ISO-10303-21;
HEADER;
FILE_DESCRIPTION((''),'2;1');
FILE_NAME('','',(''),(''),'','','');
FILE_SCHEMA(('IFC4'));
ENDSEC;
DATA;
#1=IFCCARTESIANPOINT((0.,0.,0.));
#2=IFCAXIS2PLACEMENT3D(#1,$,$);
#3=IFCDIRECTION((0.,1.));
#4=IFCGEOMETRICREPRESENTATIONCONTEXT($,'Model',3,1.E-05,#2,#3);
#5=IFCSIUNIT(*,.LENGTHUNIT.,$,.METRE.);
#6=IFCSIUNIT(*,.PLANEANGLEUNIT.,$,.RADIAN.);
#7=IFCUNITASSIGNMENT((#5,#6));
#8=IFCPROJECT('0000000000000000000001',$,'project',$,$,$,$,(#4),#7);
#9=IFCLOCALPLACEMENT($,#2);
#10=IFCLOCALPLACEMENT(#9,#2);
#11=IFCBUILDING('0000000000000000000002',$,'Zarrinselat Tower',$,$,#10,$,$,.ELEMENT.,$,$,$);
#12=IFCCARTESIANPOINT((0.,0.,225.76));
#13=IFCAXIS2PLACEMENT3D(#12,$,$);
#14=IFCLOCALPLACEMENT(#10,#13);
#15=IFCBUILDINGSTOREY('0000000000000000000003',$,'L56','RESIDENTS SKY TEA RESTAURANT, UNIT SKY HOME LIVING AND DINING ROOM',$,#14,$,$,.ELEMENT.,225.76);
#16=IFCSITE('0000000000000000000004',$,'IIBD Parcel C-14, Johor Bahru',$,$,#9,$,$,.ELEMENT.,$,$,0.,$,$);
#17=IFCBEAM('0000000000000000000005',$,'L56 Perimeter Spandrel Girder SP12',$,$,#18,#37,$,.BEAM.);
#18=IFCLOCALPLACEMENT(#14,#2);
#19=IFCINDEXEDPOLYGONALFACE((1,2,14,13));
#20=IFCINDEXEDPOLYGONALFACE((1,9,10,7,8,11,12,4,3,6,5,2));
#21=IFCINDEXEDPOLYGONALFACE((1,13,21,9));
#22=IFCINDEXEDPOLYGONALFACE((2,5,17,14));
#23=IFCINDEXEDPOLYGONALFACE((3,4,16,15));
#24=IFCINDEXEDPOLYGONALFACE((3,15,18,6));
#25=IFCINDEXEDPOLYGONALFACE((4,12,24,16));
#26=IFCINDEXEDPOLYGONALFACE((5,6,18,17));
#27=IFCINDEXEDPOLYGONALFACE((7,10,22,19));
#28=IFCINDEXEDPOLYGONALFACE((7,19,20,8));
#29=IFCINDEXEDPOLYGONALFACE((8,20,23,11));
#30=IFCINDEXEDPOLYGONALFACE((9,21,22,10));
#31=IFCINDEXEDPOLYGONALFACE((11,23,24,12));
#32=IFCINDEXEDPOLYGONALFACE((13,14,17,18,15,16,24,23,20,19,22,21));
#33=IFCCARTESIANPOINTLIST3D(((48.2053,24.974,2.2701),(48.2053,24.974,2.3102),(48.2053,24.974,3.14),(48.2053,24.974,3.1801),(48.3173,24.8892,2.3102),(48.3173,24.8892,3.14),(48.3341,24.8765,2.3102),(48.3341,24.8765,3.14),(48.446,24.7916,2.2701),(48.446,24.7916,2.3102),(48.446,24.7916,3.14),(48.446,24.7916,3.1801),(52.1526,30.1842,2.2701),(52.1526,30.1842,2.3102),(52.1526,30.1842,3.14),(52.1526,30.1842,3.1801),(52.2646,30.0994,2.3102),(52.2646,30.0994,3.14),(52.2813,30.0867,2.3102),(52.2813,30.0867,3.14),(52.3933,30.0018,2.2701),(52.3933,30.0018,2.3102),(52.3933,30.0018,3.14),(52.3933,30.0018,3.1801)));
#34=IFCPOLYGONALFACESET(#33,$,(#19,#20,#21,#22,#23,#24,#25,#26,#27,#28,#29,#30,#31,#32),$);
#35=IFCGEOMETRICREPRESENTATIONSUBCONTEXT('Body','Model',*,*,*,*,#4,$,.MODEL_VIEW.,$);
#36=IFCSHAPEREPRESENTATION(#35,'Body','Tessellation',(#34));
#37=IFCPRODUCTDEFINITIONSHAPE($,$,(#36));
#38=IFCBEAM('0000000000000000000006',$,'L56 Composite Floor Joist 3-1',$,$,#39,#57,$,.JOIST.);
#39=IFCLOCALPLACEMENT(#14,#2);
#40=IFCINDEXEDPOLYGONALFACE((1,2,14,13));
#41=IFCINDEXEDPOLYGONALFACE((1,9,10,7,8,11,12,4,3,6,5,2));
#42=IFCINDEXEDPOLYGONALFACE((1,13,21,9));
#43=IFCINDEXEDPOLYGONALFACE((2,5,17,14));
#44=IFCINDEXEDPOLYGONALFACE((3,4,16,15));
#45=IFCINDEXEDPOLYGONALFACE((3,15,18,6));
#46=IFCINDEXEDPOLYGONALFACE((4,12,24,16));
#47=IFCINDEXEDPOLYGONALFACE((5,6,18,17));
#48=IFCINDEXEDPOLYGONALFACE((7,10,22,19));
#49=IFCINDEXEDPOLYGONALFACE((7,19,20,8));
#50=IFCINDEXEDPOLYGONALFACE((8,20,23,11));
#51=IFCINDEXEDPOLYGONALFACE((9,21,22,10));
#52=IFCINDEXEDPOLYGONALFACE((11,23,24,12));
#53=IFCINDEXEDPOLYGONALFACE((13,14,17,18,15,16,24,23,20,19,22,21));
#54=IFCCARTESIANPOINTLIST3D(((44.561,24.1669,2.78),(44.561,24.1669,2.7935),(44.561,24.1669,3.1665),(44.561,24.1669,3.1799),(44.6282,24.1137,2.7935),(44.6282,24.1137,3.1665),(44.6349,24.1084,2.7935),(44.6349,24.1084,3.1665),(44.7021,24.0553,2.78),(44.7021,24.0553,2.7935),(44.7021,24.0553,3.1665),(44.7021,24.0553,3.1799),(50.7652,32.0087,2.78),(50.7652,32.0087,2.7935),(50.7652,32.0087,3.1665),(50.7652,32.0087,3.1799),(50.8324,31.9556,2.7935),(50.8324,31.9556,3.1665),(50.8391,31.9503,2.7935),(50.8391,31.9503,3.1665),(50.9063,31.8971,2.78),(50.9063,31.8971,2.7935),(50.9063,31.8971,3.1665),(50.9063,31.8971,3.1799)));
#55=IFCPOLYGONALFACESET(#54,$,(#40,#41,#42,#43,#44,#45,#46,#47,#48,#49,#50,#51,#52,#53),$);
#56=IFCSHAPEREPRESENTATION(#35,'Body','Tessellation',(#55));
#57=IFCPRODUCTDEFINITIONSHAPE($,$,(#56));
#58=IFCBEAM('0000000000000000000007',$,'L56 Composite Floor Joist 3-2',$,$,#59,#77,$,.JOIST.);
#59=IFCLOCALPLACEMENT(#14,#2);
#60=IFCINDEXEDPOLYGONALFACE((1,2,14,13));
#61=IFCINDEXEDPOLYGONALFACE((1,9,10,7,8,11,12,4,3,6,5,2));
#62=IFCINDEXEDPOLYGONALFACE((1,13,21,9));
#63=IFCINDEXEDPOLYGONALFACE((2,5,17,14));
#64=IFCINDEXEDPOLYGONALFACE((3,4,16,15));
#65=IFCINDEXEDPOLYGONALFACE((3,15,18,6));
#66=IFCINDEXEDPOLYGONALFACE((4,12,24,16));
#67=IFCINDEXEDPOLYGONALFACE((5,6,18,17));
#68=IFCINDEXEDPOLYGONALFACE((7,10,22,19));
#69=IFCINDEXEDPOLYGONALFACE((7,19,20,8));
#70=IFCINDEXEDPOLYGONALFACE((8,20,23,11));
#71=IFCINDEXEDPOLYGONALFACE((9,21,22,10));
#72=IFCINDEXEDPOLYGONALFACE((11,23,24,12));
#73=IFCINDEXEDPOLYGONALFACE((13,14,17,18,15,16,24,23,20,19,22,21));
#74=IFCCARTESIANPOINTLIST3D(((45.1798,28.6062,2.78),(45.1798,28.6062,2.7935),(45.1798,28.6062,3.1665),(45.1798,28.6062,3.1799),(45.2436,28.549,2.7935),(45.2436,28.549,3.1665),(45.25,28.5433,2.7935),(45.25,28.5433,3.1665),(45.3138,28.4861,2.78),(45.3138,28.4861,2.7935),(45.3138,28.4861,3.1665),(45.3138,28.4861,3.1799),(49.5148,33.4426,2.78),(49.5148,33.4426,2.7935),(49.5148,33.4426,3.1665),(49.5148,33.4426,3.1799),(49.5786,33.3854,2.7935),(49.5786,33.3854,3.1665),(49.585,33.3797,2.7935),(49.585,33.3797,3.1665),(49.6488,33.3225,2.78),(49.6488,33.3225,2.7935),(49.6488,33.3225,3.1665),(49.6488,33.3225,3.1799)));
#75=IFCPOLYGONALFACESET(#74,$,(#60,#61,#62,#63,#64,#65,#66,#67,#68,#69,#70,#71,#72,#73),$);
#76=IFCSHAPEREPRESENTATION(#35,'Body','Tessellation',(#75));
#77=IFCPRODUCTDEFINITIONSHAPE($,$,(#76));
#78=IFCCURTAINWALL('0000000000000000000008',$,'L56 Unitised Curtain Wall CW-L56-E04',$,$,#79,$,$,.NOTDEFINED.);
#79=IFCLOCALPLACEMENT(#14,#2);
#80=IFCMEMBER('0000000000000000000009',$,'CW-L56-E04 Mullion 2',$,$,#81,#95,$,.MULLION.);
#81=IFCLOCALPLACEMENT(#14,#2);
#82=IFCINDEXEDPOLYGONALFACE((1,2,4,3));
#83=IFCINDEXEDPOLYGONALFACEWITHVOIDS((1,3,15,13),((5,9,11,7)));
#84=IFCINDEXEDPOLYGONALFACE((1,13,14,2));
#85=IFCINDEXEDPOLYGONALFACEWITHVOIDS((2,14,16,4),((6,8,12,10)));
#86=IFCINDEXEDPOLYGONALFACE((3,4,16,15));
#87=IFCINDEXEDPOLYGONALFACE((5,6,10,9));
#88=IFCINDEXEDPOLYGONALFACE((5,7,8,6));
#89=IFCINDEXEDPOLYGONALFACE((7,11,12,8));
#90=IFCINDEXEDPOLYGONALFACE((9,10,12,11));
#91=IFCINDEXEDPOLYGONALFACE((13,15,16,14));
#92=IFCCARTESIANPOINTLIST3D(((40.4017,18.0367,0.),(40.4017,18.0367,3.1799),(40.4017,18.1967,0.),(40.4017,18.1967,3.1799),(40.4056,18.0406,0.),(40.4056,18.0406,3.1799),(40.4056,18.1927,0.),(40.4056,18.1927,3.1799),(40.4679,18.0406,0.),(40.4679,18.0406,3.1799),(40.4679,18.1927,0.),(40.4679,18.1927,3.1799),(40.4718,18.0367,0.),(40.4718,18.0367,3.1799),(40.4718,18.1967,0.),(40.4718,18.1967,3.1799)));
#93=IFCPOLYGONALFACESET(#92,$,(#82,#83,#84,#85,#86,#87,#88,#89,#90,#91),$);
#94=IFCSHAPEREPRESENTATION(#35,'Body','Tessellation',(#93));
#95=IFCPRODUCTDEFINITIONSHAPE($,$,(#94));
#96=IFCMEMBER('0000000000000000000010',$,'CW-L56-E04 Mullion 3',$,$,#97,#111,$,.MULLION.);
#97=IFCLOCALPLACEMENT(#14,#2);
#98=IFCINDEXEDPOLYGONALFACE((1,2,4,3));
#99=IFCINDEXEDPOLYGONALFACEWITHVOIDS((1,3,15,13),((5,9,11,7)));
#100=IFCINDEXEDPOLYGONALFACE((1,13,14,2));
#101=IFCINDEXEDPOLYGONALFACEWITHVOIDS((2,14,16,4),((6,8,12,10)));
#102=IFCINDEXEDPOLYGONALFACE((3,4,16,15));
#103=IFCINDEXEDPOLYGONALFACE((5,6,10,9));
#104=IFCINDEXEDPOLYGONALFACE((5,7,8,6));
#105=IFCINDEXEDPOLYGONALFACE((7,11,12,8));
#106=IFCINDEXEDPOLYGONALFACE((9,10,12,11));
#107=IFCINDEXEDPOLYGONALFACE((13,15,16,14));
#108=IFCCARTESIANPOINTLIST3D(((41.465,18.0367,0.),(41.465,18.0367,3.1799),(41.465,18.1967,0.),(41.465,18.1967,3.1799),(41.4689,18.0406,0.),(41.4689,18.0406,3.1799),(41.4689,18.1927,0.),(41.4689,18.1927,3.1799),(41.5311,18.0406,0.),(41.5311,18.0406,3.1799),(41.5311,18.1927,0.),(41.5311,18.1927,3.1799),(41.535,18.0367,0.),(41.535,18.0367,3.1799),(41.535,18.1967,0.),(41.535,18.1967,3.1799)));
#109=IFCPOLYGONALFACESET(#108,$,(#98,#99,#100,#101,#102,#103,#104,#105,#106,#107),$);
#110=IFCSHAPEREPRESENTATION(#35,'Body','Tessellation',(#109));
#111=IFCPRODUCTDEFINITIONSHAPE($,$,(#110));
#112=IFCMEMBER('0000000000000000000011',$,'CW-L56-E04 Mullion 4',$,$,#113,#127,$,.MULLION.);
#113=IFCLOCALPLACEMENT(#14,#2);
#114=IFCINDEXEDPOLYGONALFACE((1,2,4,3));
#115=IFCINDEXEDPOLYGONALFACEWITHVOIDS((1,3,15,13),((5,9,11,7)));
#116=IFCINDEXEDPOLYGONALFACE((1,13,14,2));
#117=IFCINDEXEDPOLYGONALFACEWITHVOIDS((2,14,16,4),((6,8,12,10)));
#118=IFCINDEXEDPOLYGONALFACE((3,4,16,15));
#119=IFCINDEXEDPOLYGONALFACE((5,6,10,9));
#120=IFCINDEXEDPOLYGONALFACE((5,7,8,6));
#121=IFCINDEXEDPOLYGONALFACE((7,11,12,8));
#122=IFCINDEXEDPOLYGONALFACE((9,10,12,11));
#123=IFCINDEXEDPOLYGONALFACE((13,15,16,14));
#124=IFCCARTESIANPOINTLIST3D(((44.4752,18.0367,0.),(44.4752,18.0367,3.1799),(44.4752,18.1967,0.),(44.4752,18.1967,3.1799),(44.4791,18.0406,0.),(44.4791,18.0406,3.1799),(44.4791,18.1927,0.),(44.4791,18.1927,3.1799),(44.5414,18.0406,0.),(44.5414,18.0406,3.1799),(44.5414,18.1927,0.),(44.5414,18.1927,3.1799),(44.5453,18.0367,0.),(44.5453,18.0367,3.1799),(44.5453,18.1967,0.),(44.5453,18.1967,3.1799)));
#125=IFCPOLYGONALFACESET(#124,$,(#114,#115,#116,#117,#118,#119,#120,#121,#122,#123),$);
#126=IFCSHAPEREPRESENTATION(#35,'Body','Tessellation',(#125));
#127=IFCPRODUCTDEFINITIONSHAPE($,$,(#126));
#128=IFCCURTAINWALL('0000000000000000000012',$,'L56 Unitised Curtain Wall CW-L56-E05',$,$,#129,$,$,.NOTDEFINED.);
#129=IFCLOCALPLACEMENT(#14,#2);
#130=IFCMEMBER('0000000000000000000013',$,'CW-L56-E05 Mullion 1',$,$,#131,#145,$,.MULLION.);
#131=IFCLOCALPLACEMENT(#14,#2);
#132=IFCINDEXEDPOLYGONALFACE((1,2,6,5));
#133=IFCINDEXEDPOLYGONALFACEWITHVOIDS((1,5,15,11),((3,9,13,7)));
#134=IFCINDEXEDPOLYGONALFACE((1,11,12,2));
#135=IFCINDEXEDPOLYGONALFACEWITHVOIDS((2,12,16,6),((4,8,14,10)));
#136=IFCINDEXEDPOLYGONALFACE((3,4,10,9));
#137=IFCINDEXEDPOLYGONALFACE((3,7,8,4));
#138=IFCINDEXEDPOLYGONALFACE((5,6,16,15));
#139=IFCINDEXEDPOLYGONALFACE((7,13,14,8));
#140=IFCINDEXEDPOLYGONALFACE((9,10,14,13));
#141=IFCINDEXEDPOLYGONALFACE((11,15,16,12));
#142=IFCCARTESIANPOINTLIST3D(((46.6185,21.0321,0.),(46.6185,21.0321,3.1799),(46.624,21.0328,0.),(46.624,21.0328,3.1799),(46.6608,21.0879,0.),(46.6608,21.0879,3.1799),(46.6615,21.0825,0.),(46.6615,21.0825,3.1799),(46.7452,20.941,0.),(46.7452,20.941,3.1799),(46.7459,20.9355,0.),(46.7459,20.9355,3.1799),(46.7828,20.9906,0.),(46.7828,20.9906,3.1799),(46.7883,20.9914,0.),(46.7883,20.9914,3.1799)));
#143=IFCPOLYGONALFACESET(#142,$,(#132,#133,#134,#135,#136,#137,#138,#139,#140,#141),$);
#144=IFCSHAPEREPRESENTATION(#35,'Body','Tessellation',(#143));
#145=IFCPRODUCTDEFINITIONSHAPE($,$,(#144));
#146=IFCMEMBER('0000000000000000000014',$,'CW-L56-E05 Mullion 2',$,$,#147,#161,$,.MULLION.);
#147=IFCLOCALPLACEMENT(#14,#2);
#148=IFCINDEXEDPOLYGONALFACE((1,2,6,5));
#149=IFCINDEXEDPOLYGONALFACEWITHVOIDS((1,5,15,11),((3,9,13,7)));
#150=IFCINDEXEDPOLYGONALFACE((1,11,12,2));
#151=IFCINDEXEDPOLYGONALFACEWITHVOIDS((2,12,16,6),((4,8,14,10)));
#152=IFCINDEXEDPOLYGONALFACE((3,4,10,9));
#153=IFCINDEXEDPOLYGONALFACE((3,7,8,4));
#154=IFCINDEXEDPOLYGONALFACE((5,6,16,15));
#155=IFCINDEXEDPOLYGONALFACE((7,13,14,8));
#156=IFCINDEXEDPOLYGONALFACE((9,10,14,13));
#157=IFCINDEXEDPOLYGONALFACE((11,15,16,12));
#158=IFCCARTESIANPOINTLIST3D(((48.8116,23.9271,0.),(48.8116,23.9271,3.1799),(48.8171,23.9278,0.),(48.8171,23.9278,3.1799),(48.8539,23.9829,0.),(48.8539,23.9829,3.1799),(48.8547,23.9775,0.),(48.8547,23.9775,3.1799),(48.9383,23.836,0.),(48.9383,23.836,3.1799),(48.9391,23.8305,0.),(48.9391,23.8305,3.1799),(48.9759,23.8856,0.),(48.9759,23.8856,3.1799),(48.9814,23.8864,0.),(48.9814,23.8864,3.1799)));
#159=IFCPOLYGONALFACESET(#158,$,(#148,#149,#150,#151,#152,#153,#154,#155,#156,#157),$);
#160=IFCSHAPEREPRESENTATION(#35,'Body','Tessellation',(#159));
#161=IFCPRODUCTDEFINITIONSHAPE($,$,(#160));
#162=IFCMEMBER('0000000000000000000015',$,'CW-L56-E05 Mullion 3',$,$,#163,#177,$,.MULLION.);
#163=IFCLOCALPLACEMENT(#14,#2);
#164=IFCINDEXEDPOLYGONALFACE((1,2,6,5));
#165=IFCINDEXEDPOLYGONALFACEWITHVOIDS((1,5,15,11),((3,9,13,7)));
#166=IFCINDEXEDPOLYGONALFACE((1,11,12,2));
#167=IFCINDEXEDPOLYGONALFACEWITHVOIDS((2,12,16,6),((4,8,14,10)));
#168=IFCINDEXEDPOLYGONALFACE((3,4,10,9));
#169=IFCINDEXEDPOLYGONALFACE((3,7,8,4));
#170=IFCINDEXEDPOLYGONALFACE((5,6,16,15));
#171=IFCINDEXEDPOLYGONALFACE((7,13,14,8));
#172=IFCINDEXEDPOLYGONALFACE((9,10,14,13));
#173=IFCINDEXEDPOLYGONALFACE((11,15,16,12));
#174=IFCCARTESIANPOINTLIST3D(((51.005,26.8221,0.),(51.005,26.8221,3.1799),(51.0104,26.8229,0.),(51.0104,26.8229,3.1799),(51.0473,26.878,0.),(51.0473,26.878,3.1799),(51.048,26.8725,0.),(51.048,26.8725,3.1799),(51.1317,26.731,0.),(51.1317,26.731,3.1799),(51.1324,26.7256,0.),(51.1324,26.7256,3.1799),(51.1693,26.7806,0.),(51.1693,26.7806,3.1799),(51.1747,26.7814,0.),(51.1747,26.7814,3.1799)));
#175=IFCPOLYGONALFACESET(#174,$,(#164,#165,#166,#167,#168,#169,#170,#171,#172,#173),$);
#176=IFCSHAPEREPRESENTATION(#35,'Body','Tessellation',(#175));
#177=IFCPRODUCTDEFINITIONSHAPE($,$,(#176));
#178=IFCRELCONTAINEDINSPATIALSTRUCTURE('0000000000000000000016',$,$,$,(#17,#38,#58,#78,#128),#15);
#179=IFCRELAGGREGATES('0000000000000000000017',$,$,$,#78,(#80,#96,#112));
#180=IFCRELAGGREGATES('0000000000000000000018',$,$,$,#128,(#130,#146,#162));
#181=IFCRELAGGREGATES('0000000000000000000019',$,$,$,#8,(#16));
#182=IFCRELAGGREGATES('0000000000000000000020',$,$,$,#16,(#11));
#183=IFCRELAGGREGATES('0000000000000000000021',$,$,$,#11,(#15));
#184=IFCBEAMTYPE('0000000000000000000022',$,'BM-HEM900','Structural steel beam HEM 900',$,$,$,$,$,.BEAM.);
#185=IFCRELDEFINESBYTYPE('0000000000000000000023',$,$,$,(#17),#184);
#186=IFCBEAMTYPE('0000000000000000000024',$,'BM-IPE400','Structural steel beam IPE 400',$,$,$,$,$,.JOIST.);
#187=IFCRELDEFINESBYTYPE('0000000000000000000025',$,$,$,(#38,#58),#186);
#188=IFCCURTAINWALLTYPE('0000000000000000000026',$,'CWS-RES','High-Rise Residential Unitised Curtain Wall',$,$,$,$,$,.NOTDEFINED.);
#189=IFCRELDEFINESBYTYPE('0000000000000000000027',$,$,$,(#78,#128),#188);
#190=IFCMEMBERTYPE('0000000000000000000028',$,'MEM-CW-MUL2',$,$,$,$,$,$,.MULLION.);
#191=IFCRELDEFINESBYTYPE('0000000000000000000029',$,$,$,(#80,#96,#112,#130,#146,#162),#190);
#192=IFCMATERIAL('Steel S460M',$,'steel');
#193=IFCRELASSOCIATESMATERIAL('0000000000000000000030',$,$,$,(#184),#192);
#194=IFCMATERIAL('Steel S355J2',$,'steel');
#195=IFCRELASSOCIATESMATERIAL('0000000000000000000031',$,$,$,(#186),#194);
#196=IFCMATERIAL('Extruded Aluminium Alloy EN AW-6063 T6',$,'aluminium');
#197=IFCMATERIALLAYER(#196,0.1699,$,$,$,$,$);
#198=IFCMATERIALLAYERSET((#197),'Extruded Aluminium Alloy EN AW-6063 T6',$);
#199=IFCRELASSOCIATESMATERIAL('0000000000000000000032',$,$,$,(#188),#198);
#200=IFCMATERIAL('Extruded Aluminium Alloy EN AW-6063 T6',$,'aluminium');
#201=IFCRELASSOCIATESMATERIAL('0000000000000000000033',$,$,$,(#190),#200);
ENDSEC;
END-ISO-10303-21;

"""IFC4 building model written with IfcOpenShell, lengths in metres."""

from ifc_helpers import new_model, si_unit, direction, frame, origin, origin_2d, place, context, subcontext, project, spatial, hollow_rectangle, i_section, extrude, material, layer, layer_set, material_profile, profile_set, type_object, element, aggregate, save


model = new_model("IFC4")

# Units and contexts
model_context = context("Model", 3, precision=1e-05, world=origin(), true_north=direction((0.0, 1.0)))
body_context = subcontext(model_context, "Body", "Model", "MODEL_VIEW")
ifc_project = project(units=[si_unit("LENGTHUNIT", "METRE"), si_unit("PLANEANGLEUNIT", "RADIAN")], contexts=[model_context])

# Site, building, storey
site_placement = place(None, origin())
site = spatial("IfcSite", under=ifc_project, at=site_placement, Name="IIBD Parcel C-14, Johor Bahru", CompositionType="ELEMENT", RefElevation=0.0)
building_placement = place(site_placement, origin())
building = spatial("IfcBuilding", under=site, at=building_placement, Name="Zarrinselat Tower", CompositionType="ELEMENT")
storey_placement = place(building_placement, frame((0.0, 0.0, 225.76)))
storey = spatial("IfcBuildingStorey", under=building, at=storey_placement, Name="L56", Description="RESIDENTS SKY TEA RESTAURANT, UNIT SKY HOME LIVING AND DINING ROOM", CompositionType="ELEMENT", Elevation=225.76)

# Beams
ifc_material_1 = material(Name="Steel S460M", Category="steel")
ifc_material_profile_1 = material_profile(ifc_material_1, i_section(OverallWidth=0.302, OverallDepth=0.9099, WebThickness=0.021, FlangeThickness=0.04, at=origin_2d()), Name="HEM 900")
ifc_profile_set_1 = profile_set([ifc_material_profile_1], Name="Steel S460M")
beam_type_1 = type_object("IfcBeamType", Name="BM-HEM900", Description="Structural steel beam HEM 900", PredefinedType="BEAM", material=ifc_profile_set_1)
beam_1_placement = place(storey_placement, frame((48.3257, 24.8828, 2.7251), z_axis=(0.603871, 0.797082, 0.0), x_axis=(-0.797082, 0.603871, 0.0)))
element("IfcBeam", 1, at=beam_1_placement, inside=storey, type_object=beam_type_1, Name="L56 Perimeter Spandrel Girder SP12", PredefinedType="BEAM", context=body_context, shape_type="SweptSolid", body=[
    extrude(i_section(OverallWidth=0.302, OverallDepth=0.9099, WebThickness=0.021, FlangeThickness=0.04, at=origin_2d()), origin(), (0.0, 0.0, 1.0), 6.5366),
])
ifc_material_2 = material(Name="Steel S355J2", Category="steel")
ifc_material_profile_2 = material_profile(ifc_material_2, i_section(OverallWidth=0.1799, OverallDepth=0.3999, WebThickness=0.0085, FlangeThickness=0.0134, at=origin_2d()), Name="IPE 400")
ifc_profile_set_2 = profile_set([ifc_material_profile_2], Name="Steel S355J2")
beam_type_2 = type_object("IfcBeamType", Name="BM-IPE400", Description="Structural steel beam IPE 400", PredefinedType="JOIST", material=ifc_profile_set_2)
beam_2_placement = place(storey_placement, frame((44.6316, 24.1111, 2.98), z_axis=(0.620458, 0.78424, 0.0), x_axis=(-0.78424, 0.620458, 0.0)))
element("IfcBeam", 2, at=beam_2_placement, inside=storey, type_object=beam_type_2, Name="L56 Composite Floor Joist 3-1", PredefinedType="JOIST", context=body_context, shape_type="SweptSolid", body=[
    extrude(i_section(OverallWidth=0.1799, OverallDepth=0.3999, WebThickness=0.0085, FlangeThickness=0.0134, at=origin_2d()), origin(), (0.0, 0.0, 1.0), 9.9993),
])
beam_3_placement = place(storey_placement, frame((45.2468, 28.5461, 2.98), z_axis=(0.667447, 0.744657, 0.0), x_axis=(-0.744657, 0.667447, 0.0)))
element("IfcBeam", 3, at=beam_3_placement, inside=storey, type_object=beam_type_2, Name="L56 Composite Floor Joist 3-2", PredefinedType="JOIST", context=body_context, shape_type="SweptSolid", body=[
    extrude(i_section(OverallWidth=0.1799, OverallDepth=0.3999, WebThickness=0.0085, FlangeThickness=0.0134, at=origin_2d()), origin(), (0.0, 0.0, 1.0), 6.4949),
])

# Curtain walls, members
ifc_material_3 = material(Name="Extruded Aluminium Alloy EN AW-6063 T6", Category="aluminium")
ifc_layer_1 = layer(ifc_material_3, 0.1699)
ifc_layer_set_1 = layer_set([ifc_layer_1], Name="Extruded Aluminium Alloy EN AW-6063 T6")
curtain_wall_type = type_object("IfcCurtainWallType", Name="CWS-RES", Description="High-Rise Residential Unitised Curtain Wall", PredefinedType="NOTDEFINED", material=ifc_layer_set_1)
curtain_wall_1_placement = place(storey_placement, origin())
curtain_wall_1 = element("IfcCurtainWall", 4, at=curtain_wall_1_placement, inside=storey, type_object=curtain_wall_type, Name="L56 Unitised Curtain Wall CW-L56-E04", PredefinedType="NOTDEFINED")
ifc_material_4 = material(Name="Extruded Aluminium Alloy EN AW-6063 T6", Category="aluminium")
ifc_material_profile_3 = material_profile(ifc_material_4, hollow_rectangle(XDim=0.0701, YDim=0.1599, WallThickness=0.0039, at=origin_2d()), Name="RHS 160x70x4")
ifc_profile_set_3 = profile_set([ifc_material_profile_3], Name="Extruded Aluminium Alloy EN AW-6063 T6")
member_type_1 = type_object("IfcMemberType", Name="MEM-CW-MUL2", PredefinedType="MULLION", material=ifc_profile_set_3)
member_1_placement = place(storey_placement, frame((40.4368, 18.1167, 0.0), z_axis=(0.0, 0.0, 1.0), x_axis=(1.0, 0.0, 0.0)))
member_1 = element("IfcMember", 5, at=member_1_placement, type_object=member_type_1, Name="CW-L56-E04 Mullion 2", PredefinedType="MULLION", context=body_context, shape_type="SweptSolid", body=[
    extrude(hollow_rectangle(XDim=0.0701, YDim=0.1599, WallThickness=0.0039, at=origin_2d()), origin(), (0.0, 0.0, 1.0), 3.1799),
])
member_2_placement = place(storey_placement, frame((41.5, 18.1167, 0.0), z_axis=(0.0, 0.0, 1.0), x_axis=(1.0, 0.0, 0.0)))
member_2 = element("IfcMember", 6, at=member_2_placement, type_object=member_type_1, Name="CW-L56-E04 Mullion 3", PredefinedType="MULLION", context=body_context, shape_type="SweptSolid", body=[
    extrude(hollow_rectangle(XDim=0.0701, YDim=0.1599, WallThickness=0.0039, at=origin_2d()), origin(), (0.0, 0.0, 1.0), 3.1799),
])
member_3_placement = place(storey_placement, frame((44.5103, 18.1167, 0.0), z_axis=(0.0, 0.0, 1.0), x_axis=(1.0, 0.0, 0.0)))
member_3 = element("IfcMember", 7, at=member_3_placement, type_object=member_type_1, Name="CW-L56-E04 Mullion 4", PredefinedType="MULLION", context=body_context, shape_type="SweptSolid", body=[
    extrude(hollow_rectangle(XDim=0.0701, YDim=0.1599, WallThickness=0.0039, at=origin_2d()), origin(), (0.0, 0.0, 1.0), 3.1799),
])
curtain_wall_2_placement = place(storey_placement, origin())
curtain_wall_2 = element("IfcCurtainWall", 8, at=curtain_wall_2_placement, inside=storey, type_object=curtain_wall_type, Name="L56 Unitised Curtain Wall CW-L56-E05", PredefinedType="NOTDEFINED")
member_4_placement = place(storey_placement, frame((46.7034, 21.0117, 0.0), z_axis=(0.0, 0.0, 1.0), x_axis=(0.603859, 0.797091, 0.0)))
member_4 = element("IfcMember", 9, at=member_4_placement, type_object=member_type_1, Name="CW-L56-E05 Mullion 1", PredefinedType="MULLION", context=body_context, shape_type="SweptSolid", body=[
    extrude(hollow_rectangle(XDim=0.0701, YDim=0.1599, WallThickness=0.0039, at=origin_2d()), origin(), (0.0, 0.0, 1.0), 3.1799),
])
member_5_placement = place(storey_placement, frame((48.8965, 23.9067, 0.0), z_axis=(0.0, 0.0, 1.0), x_axis=(0.603859, 0.797091, 0.0)))
member_5 = element("IfcMember", 10, at=member_5_placement, type_object=member_type_1, Name="CW-L56-E05 Mullion 2", PredefinedType="MULLION", context=body_context, shape_type="SweptSolid", body=[
    extrude(hollow_rectangle(XDim=0.0701, YDim=0.1599, WallThickness=0.0039, at=origin_2d()), origin(), (0.0, 0.0, 1.0), 3.1799),
])
member_6_placement = place(storey_placement, frame((51.0898, 26.8018, 0.0), z_axis=(0.0, 0.0, 1.0), x_axis=(0.603859, 0.797091, 0.0)))
member_6 = element("IfcMember", 11, at=member_6_placement, type_object=member_type_1, Name="CW-L56-E05 Mullion 3", PredefinedType="MULLION", context=body_context, shape_type="SweptSolid", body=[
    extrude(hollow_rectangle(XDim=0.0701, YDim=0.1599, WallThickness=0.0039, at=origin_2d()), origin(), (0.0, 0.0, 1.0), 3.1799),
])

aggregate(curtain_wall_1, [member_1, member_2, member_3])
aggregate(curtain_wall_2, [member_4, member_5, member_6])

save(model, "model.ifc")
